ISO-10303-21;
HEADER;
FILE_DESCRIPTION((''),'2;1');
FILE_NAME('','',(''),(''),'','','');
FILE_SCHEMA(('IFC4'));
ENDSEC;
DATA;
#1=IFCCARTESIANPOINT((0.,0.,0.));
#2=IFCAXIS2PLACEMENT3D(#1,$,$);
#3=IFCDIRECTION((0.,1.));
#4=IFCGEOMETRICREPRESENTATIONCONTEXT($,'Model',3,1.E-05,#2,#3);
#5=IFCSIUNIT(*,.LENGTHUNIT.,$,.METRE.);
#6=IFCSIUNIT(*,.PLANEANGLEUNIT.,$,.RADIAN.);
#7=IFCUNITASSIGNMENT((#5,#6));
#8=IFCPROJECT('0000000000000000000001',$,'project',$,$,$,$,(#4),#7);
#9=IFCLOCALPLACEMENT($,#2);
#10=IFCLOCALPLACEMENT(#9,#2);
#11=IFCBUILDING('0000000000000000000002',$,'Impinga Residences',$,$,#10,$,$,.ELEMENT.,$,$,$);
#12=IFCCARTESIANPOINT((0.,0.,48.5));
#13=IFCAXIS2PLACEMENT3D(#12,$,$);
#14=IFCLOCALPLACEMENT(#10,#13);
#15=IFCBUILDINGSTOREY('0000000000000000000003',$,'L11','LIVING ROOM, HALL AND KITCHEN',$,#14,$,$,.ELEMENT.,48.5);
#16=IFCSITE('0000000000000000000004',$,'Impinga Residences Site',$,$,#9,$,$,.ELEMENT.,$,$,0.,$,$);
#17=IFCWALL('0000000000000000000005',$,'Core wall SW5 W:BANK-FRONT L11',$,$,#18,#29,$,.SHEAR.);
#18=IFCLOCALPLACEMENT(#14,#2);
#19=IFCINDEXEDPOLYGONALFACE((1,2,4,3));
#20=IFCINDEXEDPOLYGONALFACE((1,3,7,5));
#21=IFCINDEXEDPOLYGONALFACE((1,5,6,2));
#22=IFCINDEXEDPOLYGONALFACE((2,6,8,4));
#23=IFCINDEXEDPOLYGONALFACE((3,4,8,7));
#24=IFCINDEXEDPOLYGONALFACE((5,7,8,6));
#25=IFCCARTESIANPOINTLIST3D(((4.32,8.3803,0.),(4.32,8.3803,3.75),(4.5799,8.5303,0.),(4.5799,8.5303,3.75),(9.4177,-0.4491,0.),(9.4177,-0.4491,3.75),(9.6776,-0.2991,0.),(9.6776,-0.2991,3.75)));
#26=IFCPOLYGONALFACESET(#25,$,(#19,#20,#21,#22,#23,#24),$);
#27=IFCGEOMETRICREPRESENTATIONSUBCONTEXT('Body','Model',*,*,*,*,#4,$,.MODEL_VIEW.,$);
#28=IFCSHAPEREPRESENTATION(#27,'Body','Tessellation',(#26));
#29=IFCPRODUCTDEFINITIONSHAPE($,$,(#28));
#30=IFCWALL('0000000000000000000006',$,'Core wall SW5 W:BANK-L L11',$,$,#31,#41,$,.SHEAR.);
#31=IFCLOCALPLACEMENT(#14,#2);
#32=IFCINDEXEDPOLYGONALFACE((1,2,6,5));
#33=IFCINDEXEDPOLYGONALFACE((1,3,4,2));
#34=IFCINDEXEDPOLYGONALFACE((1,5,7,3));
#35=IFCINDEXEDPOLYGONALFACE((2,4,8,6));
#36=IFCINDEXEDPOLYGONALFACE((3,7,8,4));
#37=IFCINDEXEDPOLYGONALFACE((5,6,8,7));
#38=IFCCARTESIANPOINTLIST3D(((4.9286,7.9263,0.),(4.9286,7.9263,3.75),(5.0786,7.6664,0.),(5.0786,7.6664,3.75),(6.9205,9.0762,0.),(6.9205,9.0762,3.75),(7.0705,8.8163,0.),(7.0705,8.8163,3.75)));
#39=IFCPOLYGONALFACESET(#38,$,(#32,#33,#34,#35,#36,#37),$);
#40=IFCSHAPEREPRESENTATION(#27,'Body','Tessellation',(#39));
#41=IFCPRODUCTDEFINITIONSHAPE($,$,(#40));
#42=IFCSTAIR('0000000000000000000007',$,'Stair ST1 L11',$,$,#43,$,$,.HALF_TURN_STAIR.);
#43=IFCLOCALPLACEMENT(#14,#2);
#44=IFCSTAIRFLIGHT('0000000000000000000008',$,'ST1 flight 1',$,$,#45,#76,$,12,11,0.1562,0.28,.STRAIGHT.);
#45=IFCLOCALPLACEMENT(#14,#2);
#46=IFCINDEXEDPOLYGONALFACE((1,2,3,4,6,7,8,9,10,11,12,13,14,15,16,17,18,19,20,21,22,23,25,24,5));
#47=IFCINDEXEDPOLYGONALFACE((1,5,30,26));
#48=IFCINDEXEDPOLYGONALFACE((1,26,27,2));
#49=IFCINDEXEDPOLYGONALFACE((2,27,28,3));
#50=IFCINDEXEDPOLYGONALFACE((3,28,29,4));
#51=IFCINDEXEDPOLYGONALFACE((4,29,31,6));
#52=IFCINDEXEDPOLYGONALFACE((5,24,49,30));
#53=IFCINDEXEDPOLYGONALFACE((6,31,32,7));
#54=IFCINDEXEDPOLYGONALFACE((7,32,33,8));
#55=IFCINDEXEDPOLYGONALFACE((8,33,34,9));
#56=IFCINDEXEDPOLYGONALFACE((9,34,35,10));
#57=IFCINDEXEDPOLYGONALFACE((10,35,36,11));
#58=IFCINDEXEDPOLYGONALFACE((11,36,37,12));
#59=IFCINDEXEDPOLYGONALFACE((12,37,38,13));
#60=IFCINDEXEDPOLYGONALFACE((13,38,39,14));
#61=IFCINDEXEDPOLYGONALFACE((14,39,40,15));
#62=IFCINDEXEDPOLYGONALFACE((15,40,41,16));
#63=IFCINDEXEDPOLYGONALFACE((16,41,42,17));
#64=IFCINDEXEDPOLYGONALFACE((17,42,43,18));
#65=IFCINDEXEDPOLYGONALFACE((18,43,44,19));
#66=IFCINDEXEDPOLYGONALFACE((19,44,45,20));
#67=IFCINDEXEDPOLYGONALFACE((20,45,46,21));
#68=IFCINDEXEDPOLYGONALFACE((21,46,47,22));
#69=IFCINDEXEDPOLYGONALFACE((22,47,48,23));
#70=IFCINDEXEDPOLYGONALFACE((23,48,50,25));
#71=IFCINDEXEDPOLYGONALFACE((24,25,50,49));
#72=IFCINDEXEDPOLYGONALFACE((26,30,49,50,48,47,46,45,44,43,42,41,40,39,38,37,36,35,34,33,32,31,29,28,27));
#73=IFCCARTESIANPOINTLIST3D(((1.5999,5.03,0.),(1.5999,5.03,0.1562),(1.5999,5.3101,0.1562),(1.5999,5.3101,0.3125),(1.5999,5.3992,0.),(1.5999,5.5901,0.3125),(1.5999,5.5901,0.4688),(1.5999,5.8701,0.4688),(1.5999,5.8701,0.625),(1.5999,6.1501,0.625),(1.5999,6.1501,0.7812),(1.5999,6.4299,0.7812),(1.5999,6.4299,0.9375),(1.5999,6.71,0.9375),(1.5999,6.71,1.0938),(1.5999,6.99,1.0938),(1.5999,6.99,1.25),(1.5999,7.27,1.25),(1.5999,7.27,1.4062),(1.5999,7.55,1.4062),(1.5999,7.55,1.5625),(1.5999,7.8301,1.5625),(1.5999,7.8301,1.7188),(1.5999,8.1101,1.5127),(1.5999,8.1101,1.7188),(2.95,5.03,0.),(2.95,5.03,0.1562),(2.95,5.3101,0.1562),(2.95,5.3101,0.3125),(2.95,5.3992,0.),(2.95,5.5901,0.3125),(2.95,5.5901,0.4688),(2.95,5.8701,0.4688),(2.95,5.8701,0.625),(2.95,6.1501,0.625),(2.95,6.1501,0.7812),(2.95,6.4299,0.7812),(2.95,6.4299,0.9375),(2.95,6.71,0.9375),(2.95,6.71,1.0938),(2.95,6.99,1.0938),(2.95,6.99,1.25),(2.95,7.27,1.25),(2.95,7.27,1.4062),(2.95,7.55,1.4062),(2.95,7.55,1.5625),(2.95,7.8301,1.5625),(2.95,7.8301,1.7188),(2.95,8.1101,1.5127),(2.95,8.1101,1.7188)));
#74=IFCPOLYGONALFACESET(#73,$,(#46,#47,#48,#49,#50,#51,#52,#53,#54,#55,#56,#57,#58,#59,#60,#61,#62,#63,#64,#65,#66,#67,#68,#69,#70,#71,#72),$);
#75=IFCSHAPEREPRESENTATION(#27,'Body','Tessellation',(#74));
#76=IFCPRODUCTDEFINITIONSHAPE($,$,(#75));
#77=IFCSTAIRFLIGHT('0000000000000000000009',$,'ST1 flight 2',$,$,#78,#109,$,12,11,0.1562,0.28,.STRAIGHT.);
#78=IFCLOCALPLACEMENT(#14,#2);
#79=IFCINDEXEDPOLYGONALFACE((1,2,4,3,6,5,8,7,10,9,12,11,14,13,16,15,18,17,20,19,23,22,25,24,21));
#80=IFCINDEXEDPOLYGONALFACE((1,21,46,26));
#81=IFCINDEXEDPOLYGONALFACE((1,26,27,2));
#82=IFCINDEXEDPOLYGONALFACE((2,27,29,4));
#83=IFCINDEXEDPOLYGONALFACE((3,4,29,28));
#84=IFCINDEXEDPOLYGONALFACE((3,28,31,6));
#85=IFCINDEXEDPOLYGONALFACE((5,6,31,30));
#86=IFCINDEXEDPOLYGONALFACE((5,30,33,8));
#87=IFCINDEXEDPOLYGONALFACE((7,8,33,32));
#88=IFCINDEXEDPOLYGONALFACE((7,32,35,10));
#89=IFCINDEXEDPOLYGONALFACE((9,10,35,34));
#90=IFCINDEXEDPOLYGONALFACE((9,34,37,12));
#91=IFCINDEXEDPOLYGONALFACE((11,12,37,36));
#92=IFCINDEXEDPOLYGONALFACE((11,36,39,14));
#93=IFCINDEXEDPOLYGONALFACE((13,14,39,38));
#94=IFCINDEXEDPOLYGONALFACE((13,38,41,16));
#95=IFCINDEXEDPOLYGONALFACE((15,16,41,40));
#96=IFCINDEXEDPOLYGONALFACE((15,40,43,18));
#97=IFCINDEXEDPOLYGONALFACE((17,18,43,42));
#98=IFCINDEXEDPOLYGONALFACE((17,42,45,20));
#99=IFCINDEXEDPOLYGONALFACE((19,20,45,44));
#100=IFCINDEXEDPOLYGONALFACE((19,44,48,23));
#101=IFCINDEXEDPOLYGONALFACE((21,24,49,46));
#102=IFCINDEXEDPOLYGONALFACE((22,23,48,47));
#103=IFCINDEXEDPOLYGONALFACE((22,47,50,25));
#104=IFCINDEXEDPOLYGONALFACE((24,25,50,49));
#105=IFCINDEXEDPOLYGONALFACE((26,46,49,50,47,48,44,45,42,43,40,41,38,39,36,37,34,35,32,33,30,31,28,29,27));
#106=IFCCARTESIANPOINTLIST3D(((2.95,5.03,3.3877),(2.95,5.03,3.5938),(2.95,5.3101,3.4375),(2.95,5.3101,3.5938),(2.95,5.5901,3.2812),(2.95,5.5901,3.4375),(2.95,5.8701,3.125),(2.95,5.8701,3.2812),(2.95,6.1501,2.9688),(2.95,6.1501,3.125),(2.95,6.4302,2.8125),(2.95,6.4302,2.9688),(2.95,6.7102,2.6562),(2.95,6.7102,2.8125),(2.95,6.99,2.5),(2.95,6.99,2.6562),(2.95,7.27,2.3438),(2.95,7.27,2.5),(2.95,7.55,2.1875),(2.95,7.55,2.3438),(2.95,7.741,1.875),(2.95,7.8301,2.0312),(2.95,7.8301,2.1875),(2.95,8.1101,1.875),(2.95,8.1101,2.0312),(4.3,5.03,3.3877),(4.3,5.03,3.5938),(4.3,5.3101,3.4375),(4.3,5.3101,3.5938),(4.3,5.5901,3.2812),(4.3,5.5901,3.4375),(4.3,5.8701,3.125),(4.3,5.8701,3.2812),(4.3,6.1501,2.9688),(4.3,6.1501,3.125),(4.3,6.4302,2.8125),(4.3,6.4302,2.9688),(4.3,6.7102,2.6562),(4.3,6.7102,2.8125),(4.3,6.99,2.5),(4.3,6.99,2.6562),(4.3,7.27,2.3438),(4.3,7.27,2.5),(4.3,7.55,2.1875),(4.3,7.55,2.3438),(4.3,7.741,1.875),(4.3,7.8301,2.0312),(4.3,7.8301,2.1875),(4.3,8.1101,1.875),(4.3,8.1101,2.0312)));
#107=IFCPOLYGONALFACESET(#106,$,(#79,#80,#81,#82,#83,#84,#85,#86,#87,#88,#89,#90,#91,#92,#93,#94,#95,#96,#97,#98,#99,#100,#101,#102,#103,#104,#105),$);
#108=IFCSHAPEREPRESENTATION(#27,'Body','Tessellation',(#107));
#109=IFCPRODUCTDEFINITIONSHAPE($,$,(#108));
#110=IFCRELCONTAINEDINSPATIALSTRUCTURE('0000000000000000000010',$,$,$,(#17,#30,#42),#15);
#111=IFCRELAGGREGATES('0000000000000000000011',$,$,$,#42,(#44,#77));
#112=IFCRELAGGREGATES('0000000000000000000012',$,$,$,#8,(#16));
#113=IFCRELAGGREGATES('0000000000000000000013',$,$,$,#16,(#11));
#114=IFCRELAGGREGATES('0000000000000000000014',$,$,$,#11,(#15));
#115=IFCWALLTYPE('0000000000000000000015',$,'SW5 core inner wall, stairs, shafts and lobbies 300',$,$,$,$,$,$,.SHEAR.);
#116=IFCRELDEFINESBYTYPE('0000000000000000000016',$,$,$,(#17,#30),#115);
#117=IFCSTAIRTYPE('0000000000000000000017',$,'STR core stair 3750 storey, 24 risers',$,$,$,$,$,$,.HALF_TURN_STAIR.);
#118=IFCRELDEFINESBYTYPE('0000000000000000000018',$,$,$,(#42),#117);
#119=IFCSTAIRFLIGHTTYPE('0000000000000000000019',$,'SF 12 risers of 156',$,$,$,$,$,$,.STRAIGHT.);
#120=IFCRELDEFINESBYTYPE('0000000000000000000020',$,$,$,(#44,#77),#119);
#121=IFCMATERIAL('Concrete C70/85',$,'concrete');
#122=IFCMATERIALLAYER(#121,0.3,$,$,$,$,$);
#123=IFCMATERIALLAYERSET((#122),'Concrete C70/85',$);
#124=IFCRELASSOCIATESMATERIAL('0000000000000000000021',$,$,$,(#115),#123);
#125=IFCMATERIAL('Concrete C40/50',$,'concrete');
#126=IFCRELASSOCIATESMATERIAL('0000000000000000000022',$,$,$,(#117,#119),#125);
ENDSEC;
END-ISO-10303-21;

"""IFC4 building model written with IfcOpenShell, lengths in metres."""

from ifc_helpers import new_model, si_unit, direction, frame, frame_2d, origin, place, context, subcontext, project, spatial, polyline, rectangle, outline, extrude, material, layer, layer_set, type_object, element, aggregate, save


model = new_model("IFC4")

# Units and contexts
model_context = context("Model", 3, precision=1e-05, world=origin(), true_north=direction((0.0, 1.0)))
body_context = subcontext(model_context, "Body", "Model", "MODEL_VIEW")
ifc_project = project(units=[si_unit("LENGTHUNIT", "METRE"), si_unit("PLANEANGLEUNIT", "RADIAN")], contexts=[model_context])

# Site, building, storey
site_placement = place(None, origin())
site = spatial("IfcSite", under=ifc_project, at=site_placement, Name="Impinga Residences Site", CompositionType="ELEMENT", RefElevation=0.0)
building_placement = place(site_placement, origin())
building = spatial("IfcBuilding", under=site, at=building_placement, Name="Impinga Residences", CompositionType="ELEMENT")
storey_placement = place(building_placement, frame((0.0, 0.0, 48.5)))
storey = spatial("IfcBuildingStorey", under=building, at=storey_placement, Name="L11", Description="LIVING ROOM, HALL AND KITCHEN", CompositionType="ELEMENT", Elevation=48.5)

# Shared definitions
ifc_material_1 = material(Name="Concrete C70/85", Category="concrete")

# Shared definitions
ifc_layer_1 = layer(ifc_material_1, 0.3)
ifc_layer_set_1 = layer_set([ifc_layer_1], Name="Concrete C70/85")
wall_type_1 = type_object("IfcWallType", Name="SW5 core inner wall, stairs, shafts and lobbies 300", PredefinedType="SHEAR", material=ifc_layer_set_1)

# Walls
wall_1_placement = place(storey_placement, frame((4.45, 8.4553, 0.0), z_axis=(0.0, 0.0, 1.0), x_axis=(0.500002, -0.866024, 0.0)))
element("IfcWall", 1, at=wall_1_placement, inside=storey, type_object=wall_type_1, Name="Core wall SW5 W:BANK-FRONT L11", PredefinedType="SHEAR", context=body_context, shape_type="SweptSolid", body=[
    extrude(rectangle(XDim=10.1953, YDim=0.3, at=frame_2d((5.0977, 0.0))), origin(), (0.0, 0.0, 1.0), 3.75),
])
wall_2_placement = place(storey_placement, frame((5.0037, 7.7964, 0.0), z_axis=(0.0, 0.0, 1.0), x_axis=(0.866053, 0.499952, 0.0)))
element("IfcWall", 2, at=wall_2_placement, inside=storey, type_object=wall_type_1, Name="Core wall SW5 W:BANK-L L11", PredefinedType="SHEAR", context=body_context, shape_type="SweptSolid", body=[
    extrude(rectangle(XDim=2.3, YDim=0.3, at=frame_2d((1.1499, 0.0))), origin(), (0.0, 0.0, 1.0), 3.75),
])

# Stair, stair flights
ifc_material_2 = material(Name="Concrete C40/50", Category="concrete")
stair_type = type_object("IfcStairType", Name="STR core stair 3750 storey, 24 risers", PredefinedType="HALF_TURN_STAIR", material=ifc_material_2)
stair_placement = place(storey_placement, origin())
stair = element("IfcStair", 3, at=stair_placement, inside=storey, type_object=stair_type, Name="Stair ST1 L11", PredefinedType="HALF_TURN_STAIR")
stair_flight_type = type_object("IfcStairFlightType", Name="SF 12 risers of 156", PredefinedType="STRAIGHT", material=ifc_material_2)
stair_flight_1_placement = place(storey_placement, frame((2.2749, 5.03, 0.0), z_axis=(0.0, 0.0, 1.0), x_axis=(0.0, 1.0, 0.0)))
stair_flight_1 = element("IfcStairFlight", 4, at=stair_flight_1_placement, type_object=stair_flight_type, Name="ST1 flight 1", NumberOfRisers=12, NumberOfTreads=11, PredefinedType="STRAIGHT", RiserHeight=0.1562, TreadLength=0.28, context=body_context, shape_type="SweptSolid", body=[
    extrude(outline(polyline([(0.0, 0.0), (0.0, 0.1562), (0.28, 0.1562), (0.28, 0.3125), (0.5601, 0.3125), (0.5601, 0.4688), (0.8401, 0.4688), (0.8401, 0.625), (1.1201, 0.625), (1.1201, 0.7812), (1.3999, 0.7812), (1.3999, 0.9375), (1.6799, 0.9375), (1.6799, 1.0938), (1.96, 1.0938), (1.96, 1.25), (2.24, 1.25), (2.24, 1.4062), (2.52, 1.4062), (2.52, 1.5625), (2.8, 1.5625), (2.8, 1.7188), (3.0801, 1.7188), (3.0801, 1.875), (3.0801, 1.5127), (0.3691, 0.0), (0.0, 0.0)])), frame((0.0, 0.675, 0.0), z_axis=(0.0, -1.0, 0.0), x_axis=(1.0, 0.0, 0.0)), (0.0, 0.0, 1.0), 1.3501),
])
stair_flight_2_placement = place(storey_placement, frame((3.625, 8.1101, 1.875), z_axis=(0.0, 0.0, 1.0), x_axis=(0.0, -1.0, 0.0)))
stair_flight_2 = element("IfcStairFlight", 5, at=stair_flight_2_placement, type_object=stair_flight_type, Name="ST1 flight 2", NumberOfRisers=12, NumberOfTreads=11, PredefinedType="STRAIGHT", RiserHeight=0.1562, TreadLength=0.28, context=body_context, shape_type="SweptSolid", body=[
    extrude(outline(polyline([(0.0, 0.0), (0.0, 0.1562), (0.28, 0.1562), (0.28, 0.3125), (0.5601, 0.3125), (0.5601, 0.4688), (0.8401, 0.4688), (0.8401, 0.625), (1.1201, 0.625), (1.1201, 0.7812), (1.3999, 0.7812), (1.3999, 0.9375), (1.6799, 0.9375), (1.6799, 1.0938), (1.96, 1.0938), (1.96, 1.25), (2.24, 1.25), (2.24, 1.4062), (2.52, 1.4062), (2.52, 1.5625), (2.8, 1.5625), (2.8, 1.7188), (3.0801, 1.7188), (3.0801, 1.875), (3.0801, 1.5127), (0.3691, 0.0), (0.0, 0.0)])), frame((0.0, 0.675, 0.0), z_axis=(0.0, -1.0, 0.0), x_axis=(1.0, 0.0, 0.0)), (0.0, 0.0, 1.0), 1.3501),
])
aggregate(stair, [stair_flight_1, stair_flight_2])

save(model, "model.ifc")
